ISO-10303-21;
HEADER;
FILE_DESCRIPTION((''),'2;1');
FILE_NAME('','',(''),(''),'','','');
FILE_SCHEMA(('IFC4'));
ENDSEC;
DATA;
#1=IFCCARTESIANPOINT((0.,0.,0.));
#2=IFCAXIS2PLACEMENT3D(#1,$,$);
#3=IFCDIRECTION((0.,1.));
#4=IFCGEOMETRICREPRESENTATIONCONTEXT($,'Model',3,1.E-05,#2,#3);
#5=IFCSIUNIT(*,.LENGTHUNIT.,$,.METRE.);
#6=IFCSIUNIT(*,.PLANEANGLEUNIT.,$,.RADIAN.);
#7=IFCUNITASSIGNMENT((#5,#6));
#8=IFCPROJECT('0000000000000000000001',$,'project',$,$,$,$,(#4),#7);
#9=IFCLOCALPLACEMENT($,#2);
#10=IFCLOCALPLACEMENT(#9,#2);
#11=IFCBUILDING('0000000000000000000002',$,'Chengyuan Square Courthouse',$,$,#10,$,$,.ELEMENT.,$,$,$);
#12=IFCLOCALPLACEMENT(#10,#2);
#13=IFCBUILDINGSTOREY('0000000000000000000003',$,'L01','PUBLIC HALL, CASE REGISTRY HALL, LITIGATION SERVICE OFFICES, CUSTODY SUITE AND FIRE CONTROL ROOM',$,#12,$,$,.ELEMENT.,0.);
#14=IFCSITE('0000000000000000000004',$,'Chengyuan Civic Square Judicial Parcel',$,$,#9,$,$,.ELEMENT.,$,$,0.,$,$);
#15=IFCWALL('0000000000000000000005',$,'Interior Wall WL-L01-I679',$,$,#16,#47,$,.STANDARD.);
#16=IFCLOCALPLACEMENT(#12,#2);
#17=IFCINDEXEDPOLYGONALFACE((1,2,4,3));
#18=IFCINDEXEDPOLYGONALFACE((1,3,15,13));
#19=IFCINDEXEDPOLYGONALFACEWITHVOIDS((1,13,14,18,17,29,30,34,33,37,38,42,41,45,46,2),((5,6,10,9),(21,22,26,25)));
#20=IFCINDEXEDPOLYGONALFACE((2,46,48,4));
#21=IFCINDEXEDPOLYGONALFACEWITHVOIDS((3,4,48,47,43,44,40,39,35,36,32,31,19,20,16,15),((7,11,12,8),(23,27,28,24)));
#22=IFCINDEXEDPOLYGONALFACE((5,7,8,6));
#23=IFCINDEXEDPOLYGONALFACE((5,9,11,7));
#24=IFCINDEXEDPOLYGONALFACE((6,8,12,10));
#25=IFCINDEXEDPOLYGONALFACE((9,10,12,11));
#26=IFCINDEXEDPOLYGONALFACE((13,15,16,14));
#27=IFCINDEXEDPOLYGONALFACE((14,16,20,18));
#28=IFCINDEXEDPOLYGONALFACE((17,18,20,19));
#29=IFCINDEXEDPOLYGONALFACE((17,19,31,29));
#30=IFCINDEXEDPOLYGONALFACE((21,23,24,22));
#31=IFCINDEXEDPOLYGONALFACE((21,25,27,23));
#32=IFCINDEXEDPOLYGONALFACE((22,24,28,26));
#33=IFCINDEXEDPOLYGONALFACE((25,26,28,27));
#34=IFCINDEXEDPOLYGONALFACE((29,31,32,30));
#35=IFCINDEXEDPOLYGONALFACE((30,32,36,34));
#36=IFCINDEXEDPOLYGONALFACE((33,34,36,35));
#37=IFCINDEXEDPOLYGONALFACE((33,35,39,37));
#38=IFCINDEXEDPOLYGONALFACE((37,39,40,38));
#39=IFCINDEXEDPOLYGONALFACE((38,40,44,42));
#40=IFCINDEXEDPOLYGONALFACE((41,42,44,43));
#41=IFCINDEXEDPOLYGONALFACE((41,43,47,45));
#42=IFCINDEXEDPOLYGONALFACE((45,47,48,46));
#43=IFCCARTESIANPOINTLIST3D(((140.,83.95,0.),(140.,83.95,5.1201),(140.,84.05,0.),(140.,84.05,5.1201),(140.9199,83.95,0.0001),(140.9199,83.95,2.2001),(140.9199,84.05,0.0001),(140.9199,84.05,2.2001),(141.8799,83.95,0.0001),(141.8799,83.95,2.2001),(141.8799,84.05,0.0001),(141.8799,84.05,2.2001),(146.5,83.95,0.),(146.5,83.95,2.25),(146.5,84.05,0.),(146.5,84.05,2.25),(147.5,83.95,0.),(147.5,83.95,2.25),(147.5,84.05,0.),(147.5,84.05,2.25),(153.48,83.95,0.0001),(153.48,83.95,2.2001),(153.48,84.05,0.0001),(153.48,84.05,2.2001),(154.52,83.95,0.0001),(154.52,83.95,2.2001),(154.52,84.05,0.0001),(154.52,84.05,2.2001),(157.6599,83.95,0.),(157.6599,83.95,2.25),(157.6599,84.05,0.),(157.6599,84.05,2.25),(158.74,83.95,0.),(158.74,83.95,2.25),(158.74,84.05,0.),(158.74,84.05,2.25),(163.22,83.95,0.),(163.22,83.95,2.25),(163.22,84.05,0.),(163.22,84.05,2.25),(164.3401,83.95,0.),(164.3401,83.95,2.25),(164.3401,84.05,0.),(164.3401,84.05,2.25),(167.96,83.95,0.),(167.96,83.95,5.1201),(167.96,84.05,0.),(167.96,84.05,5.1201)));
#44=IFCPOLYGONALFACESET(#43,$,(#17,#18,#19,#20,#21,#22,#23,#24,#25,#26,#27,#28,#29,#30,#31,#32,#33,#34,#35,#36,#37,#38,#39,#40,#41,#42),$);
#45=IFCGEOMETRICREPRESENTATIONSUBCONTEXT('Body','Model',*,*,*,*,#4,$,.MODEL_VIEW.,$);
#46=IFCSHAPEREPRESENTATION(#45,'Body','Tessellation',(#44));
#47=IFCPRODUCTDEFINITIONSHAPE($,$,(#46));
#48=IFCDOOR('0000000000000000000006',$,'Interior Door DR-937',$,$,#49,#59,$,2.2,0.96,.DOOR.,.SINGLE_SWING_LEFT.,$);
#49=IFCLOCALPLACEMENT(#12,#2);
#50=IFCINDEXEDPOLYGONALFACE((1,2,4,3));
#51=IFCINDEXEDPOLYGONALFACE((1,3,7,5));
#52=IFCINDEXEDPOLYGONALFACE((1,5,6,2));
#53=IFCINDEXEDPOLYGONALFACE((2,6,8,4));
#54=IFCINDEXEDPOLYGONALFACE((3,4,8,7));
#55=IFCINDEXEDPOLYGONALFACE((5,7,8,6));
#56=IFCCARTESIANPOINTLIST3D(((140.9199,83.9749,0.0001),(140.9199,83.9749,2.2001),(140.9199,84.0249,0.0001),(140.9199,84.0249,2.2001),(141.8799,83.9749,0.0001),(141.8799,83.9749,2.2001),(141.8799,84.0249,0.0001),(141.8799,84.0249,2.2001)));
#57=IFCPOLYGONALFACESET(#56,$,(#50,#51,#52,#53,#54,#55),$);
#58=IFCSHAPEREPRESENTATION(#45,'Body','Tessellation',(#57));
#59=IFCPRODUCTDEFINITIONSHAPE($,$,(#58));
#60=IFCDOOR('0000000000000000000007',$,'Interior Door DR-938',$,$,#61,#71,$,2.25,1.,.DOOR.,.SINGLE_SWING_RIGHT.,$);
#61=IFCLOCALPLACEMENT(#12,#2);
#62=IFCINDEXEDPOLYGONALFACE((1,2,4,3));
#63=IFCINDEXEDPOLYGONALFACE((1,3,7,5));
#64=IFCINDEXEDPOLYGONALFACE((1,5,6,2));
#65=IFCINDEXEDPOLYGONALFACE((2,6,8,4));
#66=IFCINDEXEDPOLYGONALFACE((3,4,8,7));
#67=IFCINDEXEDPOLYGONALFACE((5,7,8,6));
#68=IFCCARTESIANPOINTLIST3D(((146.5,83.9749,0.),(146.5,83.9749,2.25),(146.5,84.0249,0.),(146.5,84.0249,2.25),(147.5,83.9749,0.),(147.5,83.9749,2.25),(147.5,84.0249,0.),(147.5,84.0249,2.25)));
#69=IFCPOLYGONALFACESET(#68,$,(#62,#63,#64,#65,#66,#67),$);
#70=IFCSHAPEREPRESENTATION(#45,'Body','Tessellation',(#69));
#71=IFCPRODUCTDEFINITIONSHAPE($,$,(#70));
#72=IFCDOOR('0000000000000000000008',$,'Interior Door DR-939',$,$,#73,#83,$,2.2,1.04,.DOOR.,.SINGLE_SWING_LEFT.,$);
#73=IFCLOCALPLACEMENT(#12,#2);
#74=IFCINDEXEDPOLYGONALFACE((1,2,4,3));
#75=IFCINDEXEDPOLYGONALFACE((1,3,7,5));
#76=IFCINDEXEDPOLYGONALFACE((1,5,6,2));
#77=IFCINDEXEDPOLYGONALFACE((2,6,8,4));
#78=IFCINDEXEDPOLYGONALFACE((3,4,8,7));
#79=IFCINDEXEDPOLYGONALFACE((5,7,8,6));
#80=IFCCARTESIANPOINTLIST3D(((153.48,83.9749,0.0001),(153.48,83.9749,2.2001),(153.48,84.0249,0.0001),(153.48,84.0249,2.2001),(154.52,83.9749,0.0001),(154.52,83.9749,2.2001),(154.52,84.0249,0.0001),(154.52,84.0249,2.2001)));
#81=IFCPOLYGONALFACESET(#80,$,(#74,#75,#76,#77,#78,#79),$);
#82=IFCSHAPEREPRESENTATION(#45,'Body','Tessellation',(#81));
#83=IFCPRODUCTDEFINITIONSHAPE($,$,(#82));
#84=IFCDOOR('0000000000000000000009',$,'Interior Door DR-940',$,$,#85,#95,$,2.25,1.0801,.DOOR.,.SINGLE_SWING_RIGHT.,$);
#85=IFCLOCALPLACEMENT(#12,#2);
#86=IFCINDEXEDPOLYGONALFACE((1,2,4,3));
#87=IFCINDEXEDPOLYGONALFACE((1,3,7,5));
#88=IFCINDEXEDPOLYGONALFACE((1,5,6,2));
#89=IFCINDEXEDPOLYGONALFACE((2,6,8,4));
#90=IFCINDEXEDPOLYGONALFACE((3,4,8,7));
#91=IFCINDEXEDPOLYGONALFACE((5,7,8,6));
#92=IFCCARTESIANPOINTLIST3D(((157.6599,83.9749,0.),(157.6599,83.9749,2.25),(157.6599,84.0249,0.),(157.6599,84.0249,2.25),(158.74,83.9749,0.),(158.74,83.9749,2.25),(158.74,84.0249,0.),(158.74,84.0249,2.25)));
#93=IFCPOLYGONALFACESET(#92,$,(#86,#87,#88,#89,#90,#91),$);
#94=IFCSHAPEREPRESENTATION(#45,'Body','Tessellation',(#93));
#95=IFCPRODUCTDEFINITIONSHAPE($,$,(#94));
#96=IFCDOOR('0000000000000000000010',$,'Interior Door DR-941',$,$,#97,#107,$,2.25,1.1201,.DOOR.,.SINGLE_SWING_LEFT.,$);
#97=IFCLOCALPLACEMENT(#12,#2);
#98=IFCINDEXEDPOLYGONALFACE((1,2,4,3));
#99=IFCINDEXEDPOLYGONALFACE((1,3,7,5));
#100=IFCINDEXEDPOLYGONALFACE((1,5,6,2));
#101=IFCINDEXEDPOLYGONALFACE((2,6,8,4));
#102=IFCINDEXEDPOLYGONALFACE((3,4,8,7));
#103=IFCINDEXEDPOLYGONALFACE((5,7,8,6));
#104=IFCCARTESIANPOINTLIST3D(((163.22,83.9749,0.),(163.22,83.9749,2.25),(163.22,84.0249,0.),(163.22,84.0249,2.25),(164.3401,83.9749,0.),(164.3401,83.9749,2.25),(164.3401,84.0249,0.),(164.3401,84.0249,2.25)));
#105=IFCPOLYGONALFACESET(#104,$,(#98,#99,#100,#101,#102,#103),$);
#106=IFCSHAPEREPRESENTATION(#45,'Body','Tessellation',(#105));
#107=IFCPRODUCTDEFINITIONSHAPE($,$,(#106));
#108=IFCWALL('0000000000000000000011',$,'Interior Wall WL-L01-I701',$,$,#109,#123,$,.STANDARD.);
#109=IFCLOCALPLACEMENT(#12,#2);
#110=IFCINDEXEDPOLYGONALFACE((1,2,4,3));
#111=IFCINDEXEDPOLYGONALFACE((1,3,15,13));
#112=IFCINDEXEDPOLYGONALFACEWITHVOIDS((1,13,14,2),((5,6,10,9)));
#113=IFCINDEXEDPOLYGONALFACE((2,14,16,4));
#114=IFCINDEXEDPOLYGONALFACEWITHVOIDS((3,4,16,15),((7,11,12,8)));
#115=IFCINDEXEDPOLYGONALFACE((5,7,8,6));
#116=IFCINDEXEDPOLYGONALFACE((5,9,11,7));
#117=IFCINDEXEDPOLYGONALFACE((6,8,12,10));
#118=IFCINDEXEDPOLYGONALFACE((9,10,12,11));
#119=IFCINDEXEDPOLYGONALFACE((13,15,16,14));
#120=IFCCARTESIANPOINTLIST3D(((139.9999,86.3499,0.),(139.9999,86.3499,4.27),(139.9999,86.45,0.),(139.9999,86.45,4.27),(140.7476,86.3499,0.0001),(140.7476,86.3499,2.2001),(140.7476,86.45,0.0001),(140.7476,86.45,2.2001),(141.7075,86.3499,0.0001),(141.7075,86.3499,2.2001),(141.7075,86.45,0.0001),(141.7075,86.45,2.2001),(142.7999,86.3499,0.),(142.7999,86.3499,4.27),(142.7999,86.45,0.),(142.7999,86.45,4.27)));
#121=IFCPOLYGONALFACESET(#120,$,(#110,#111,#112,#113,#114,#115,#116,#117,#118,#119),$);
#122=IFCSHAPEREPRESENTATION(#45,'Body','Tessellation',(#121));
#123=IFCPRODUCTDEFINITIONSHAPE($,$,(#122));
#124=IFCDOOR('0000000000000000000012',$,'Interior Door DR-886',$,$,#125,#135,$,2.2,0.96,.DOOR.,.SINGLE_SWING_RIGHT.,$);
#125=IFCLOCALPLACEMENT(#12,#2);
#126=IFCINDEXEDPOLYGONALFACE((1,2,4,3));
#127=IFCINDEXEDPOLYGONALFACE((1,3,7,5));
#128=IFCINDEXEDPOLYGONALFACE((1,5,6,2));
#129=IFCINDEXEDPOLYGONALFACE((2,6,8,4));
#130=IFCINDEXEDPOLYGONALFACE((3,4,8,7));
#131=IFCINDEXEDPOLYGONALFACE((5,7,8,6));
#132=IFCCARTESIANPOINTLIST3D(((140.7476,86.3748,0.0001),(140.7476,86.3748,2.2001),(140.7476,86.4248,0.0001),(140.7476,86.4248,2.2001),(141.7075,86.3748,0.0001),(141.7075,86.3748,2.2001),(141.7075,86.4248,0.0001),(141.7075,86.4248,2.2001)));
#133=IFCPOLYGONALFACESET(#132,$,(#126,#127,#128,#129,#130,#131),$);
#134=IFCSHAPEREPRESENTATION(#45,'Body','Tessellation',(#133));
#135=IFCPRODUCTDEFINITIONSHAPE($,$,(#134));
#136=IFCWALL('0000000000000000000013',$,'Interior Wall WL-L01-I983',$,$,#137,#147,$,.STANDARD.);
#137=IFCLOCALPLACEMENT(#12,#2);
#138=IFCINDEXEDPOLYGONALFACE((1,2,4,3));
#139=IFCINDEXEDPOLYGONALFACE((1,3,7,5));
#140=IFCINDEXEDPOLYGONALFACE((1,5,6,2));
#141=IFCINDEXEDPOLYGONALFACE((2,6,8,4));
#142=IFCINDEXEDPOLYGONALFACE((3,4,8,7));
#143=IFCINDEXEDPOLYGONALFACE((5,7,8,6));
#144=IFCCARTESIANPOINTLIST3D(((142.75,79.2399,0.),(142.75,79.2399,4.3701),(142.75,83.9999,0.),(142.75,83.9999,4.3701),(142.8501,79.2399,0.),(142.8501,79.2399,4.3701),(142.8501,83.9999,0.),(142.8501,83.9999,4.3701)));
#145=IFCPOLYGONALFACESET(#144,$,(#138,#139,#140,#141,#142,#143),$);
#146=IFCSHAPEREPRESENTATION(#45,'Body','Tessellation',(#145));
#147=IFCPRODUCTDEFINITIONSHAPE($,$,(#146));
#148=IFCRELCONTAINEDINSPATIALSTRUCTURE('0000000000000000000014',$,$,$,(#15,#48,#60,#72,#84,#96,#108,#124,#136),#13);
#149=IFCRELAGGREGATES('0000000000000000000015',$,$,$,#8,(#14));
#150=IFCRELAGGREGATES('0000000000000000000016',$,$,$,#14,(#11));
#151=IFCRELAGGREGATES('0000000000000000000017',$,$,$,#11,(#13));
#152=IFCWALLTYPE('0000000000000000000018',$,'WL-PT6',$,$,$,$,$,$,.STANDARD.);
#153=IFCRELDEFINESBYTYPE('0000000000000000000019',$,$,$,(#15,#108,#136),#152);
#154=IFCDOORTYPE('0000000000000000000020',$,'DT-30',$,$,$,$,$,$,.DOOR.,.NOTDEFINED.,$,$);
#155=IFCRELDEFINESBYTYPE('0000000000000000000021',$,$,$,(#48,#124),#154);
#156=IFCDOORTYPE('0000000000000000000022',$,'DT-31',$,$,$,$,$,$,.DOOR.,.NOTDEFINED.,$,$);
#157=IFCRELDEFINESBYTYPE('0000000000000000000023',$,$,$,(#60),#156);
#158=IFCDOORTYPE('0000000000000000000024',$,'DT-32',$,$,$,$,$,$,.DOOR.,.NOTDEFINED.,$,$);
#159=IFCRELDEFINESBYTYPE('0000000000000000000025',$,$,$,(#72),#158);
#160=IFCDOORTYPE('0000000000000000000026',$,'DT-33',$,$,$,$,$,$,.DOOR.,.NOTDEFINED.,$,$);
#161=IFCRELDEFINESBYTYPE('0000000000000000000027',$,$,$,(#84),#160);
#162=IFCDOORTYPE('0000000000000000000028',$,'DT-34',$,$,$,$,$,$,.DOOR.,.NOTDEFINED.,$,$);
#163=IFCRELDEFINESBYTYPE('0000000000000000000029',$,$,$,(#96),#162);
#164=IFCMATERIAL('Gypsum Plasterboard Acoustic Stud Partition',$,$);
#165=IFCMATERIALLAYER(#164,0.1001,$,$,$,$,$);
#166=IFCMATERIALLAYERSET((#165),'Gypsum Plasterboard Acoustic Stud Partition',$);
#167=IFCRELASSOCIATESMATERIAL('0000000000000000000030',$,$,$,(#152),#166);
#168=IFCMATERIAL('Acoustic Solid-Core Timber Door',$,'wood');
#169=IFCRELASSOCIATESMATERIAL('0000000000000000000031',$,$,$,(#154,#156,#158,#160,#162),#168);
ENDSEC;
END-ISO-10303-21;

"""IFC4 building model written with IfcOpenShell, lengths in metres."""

from ifc_helpers import new_model, si_unit, direction, frame, frame_2d, origin, place, context, subcontext, project, spatial, rectangle, extrude, material, layer, layer_set, type_object, element, fill, save


model = new_model("IFC4")

# Units and contexts
model_context = context("Model", 3, precision=1e-05, world=origin(), true_north=direction((0.0, 1.0)))
body_context = subcontext(model_context, "Body", "Model", "MODEL_VIEW")
ifc_project = project(units=[si_unit("LENGTHUNIT", "METRE"), si_unit("PLANEANGLEUNIT", "RADIAN")], contexts=[model_context])

# Site, building, storey
site_placement = place(None, origin())
site = spatial("IfcSite", under=ifc_project, at=site_placement, Name="Chengyuan Civic Square Judicial Parcel", CompositionType="ELEMENT", RefElevation=0.0)
building_placement = place(site_placement, origin())
building = spatial("IfcBuilding", under=site, at=building_placement, Name="Chengyuan Square Courthouse", CompositionType="ELEMENT")
storey_placement = place(building_placement, origin())
storey = spatial("IfcBuildingStorey", under=building, at=storey_placement, Name="L01", Description="PUBLIC HALL, CASE REGISTRY HALL, LITIGATION SERVICE OFFICES, CUSTODY SUITE AND FIRE CONTROL ROOM", CompositionType="ELEMENT", Elevation=0.0)

# Wall, openings, doors
ifc_material_1 = material(Name="Gypsum Plasterboard Acoustic Stud Partition")
ifc_layer_1 = layer(ifc_material_1, 0.1001)
ifc_layer_set_1 = layer_set([ifc_layer_1], Name="Gypsum Plasterboard Acoustic Stud Partition")
wall_type_1 = type_object("IfcWallType", Name="WL-PT6", PredefinedType="STANDARD", material=ifc_layer_set_1)
wall_1_placement = place(storey_placement, frame((140.0, 84.0, 0.0), z_axis=(0.0, 0.0, 1.0), x_axis=(1.0, 0.0, 0.0)))
wall_1 = element("IfcWall", 1, at=wall_1_placement, inside=storey, type_object=wall_type_1, Name="Interior Wall WL-L01-I679", PredefinedType="STANDARD", context=body_context, shape_type="SweptSolid", body=[
    extrude(rectangle(XDim=27.96, YDim=0.1001, at=frame_2d((13.98, 0.0))), origin(), (0.0, 0.0, 1.0), 5.1201),
])
opening_1_placement = place(wall_1_placement, frame((0.9199, 0.0, 0.0)))
opening_1 = element("IfcOpeningElement", 2, at=opening_1_placement, cuts=wall_1, PredefinedType="OPENING", context=body_context, shape_type="SweptSolid", body=[
    extrude(rectangle(XDim=0.96, YDim=2.2, at=frame_2d((0.48, 1.1001))), frame((0.0, 0.062, 0.0), z_axis=(0.0, -1.0, 0.0), x_axis=(1.0, 0.0, 0.0)), (0.0, 0.0, 1.0), 0.124),
])
opening_2_placement = place(wall_1_placement, frame((6.5, 0.0, 0.0)))
opening_2 = element("IfcOpeningElement", 3, at=opening_2_placement, cuts=wall_1, PredefinedType="OPENING", context=body_context, shape_type="SweptSolid", body=[
    extrude(rectangle(XDim=1.0, YDim=2.25, at=frame_2d((0.5, 1.125))), frame((0.0, 0.062, 0.0), z_axis=(0.0, -1.0, 0.0), x_axis=(1.0, 0.0, 0.0)), (0.0, 0.0, 1.0), 0.124),
])
opening_3_placement = place(wall_1_placement, frame((13.48, 0.0, 0.0)))
opening_3 = element("IfcOpeningElement", 4, at=opening_3_placement, cuts=wall_1, PredefinedType="OPENING", context=body_context, shape_type="SweptSolid", body=[
    extrude(rectangle(XDim=1.04, YDim=2.2, at=frame_2d((0.52, 1.1001))), frame((0.0, 0.062, 0.0), z_axis=(0.0, -1.0, 0.0), x_axis=(1.0, 0.0, 0.0)), (0.0, 0.0, 1.0), 0.124),
])
opening_4_placement = place(wall_1_placement, frame((17.6599, 0.0, 0.0)))
opening_4 = element("IfcOpeningElement", 5, at=opening_4_placement, cuts=wall_1, PredefinedType="OPENING", context=body_context, shape_type="SweptSolid", body=[
    extrude(rectangle(XDim=1.0801, YDim=2.25, at=frame_2d((0.54, 1.125))), frame((0.0, 0.062, 0.0), z_axis=(0.0, -1.0, 0.0), x_axis=(1.0, 0.0, 0.0)), (0.0, 0.0, 1.0), 0.124),
])
opening_5_placement = place(wall_1_placement, frame((23.22, 0.0, 0.0)))
opening_5 = element("IfcOpeningElement", 6, at=opening_5_placement, cuts=wall_1, PredefinedType="OPENING", context=body_context, shape_type="SweptSolid", body=[
    extrude(rectangle(XDim=1.1201, YDim=2.25, at=frame_2d((0.5601, 1.125))), frame((0.0, 0.062, 0.0), z_axis=(0.0, -1.0, 0.0), x_axis=(1.0, 0.0, 0.0)), (0.0, 0.0, 1.0), 0.124),
])
ifc_material_2 = material(Name="Acoustic Solid-Core Timber Door", Category="wood")
door_type_1 = type_object("IfcDoorType", Name="DT-30", OperationType="NOTDEFINED", PredefinedType="DOOR", material=ifc_material_2)
door_1_placement = place(opening_1_placement, origin())
door_1 = element("IfcDoor", 7, at=door_1_placement, inside=storey, type_object=door_type_1, Name="Interior Door DR-937", OperationType="SINGLE_SWING_LEFT", OverallHeight=2.2, OverallWidth=0.96, PredefinedType="DOOR", context=body_context, shape_type="SweptSolid", body=[
    extrude(rectangle(XDim=0.96, YDim=2.2, at=frame_2d((0.48, 1.1001))), frame((0.0, 0.0249, 0.0), z_axis=(0.0, -1.0, 0.0), x_axis=(1.0, 0.0, 0.0)), (0.0, 0.0, 1.0), 0.05),
])
fill(opening_1, door_1)
door_type_2 = type_object("IfcDoorType", Name="DT-31", OperationType="NOTDEFINED", PredefinedType="DOOR", material=ifc_material_2)
door_2_placement = place(opening_2_placement, origin())
door_2 = element("IfcDoor", 8, at=door_2_placement, inside=storey, type_object=door_type_2, Name="Interior Door DR-938", OperationType="SINGLE_SWING_RIGHT", OverallHeight=2.25, OverallWidth=1.0, PredefinedType="DOOR", context=body_context, shape_type="SweptSolid", body=[
    extrude(rectangle(XDim=1.0, YDim=2.25, at=frame_2d((0.5, 1.125))), frame((0.0, 0.0249, 0.0), z_axis=(0.0, -1.0, 0.0), x_axis=(1.0, 0.0, 0.0)), (0.0, 0.0, 1.0), 0.05),
])
fill(opening_2, door_2)
door_type_3 = type_object("IfcDoorType", Name="DT-32", OperationType="NOTDEFINED", PredefinedType="DOOR", material=ifc_material_2)
door_3_placement = place(opening_3_placement, origin())
door_3 = element("IfcDoor", 9, at=door_3_placement, inside=storey, type_object=door_type_3, Name="Interior Door DR-939", OperationType="SINGLE_SWING_LEFT", OverallHeight=2.2, OverallWidth=1.04, PredefinedType="DOOR", context=body_context, shape_type="SweptSolid", body=[
    extrude(rectangle(XDim=1.04, YDim=2.2, at=frame_2d((0.52, 1.1001))), frame((0.0, 0.0249, 0.0), z_axis=(0.0, -1.0, 0.0), x_axis=(1.0, 0.0, 0.0)), (0.0, 0.0, 1.0), 0.05),
])
fill(opening_3, door_3)
door_type_4 = type_object("IfcDoorType", Name="DT-33", OperationType="NOTDEFINED", PredefinedType="DOOR", material=ifc_material_2)
door_4_placement = place(opening_4_placement, origin())
door_4 = element("IfcDoor", 10, at=door_4_placement, inside=storey, type_object=door_type_4, Name="Interior Door DR-940", OperationType="SINGLE_SWING_RIGHT", OverallHeight=2.25, OverallWidth=1.0801, PredefinedType="DOOR", context=body_context, shape_type="SweptSolid", body=[
    extrude(rectangle(XDim=1.0801, YDim=2.25, at=frame_2d((0.54, 1.125))), frame((0.0, 0.0249, 0.0), z_axis=(0.0, -1.0, 0.0), x_axis=(1.0, 0.0, 0.0)), (0.0, 0.0, 1.0), 0.05),
])
fill(opening_4, door_4)
door_type_5 = type_object("IfcDoorType", Name="DT-34", OperationType="NOTDEFINED", PredefinedType="DOOR", material=ifc_material_2)
door_5_placement = place(opening_5_placement, origin())
door_5 = element("IfcDoor", 11, at=door_5_placement, inside=storey, type_object=door_type_5, Name="Interior Door DR-941", OperationType="SINGLE_SWING_LEFT", OverallHeight=2.25, OverallWidth=1.1201, PredefinedType="DOOR", context=body_context, shape_type="SweptSolid", body=[
    extrude(rectangle(XDim=1.1201, YDim=2.25, at=frame_2d((0.5601, 1.125))), frame((0.0, 0.0249, 0.0), z_axis=(0.0, -1.0, 0.0), x_axis=(1.0, 0.0, 0.0)), (0.0, 0.0, 1.0), 0.05),
])
fill(opening_5, door_5)

# Wall, opening, door
wall_2_placement = place(storey_placement, frame((140.0, 86.3999, 0.0), z_axis=(0.0, 0.0, 1.0), x_axis=(1.0, 0.0, 0.0)))
wall_2 = element("IfcWall", 12, at=wall_2_placement, inside=storey, type_object=wall_type_1, Name="Interior Wall WL-L01-I701", PredefinedType="STANDARD", context=body_context, shape_type="SweptSolid", body=[
    extrude(rectangle(XDim=2.8, YDim=0.1001, at=frame_2d((1.3999, 0.0))), origin(), (0.0, 0.0, 1.0), 4.27),
])
opening_6_placement = place(wall_2_placement, frame((0.7476, 0.0, 0.0)))
opening_6 = element("IfcOpeningElement", 13, at=opening_6_placement, cuts=wall_2, PredefinedType="OPENING", context=body_context, shape_type="SweptSolid", body=[
    extrude(rectangle(XDim=0.96, YDim=2.2, at=frame_2d((0.48, 1.1001))), frame((0.0, 0.062, 0.0), z_axis=(0.0, -1.0, 0.0), x_axis=(1.0, 0.0, 0.0)), (0.0, 0.0, 1.0), 0.124),
])
door_6_placement = place(opening_6_placement, origin())
door_6 = element("IfcDoor", 14, at=door_6_placement, inside=storey, type_object=door_type_1, Name="Interior Door DR-886", OperationType="SINGLE_SWING_RIGHT", OverallHeight=2.2, OverallWidth=0.96, PredefinedType="DOOR", context=body_context, shape_type="SweptSolid", body=[
    extrude(rectangle(XDim=0.96, YDim=2.2, at=frame_2d((0.48, 1.1001))), frame((0.0, 0.0249, 0.0), z_axis=(0.0, -1.0, 0.0), x_axis=(1.0, 0.0, 0.0)), (0.0, 0.0, 1.0), 0.05),
])
fill(opening_6, door_6)

# Wall
wall_3_placement = place(storey_placement, frame((142.8, 79.24, 0.0), z_axis=(0.0, 0.0, 1.0), x_axis=(0.0, 1.0, 0.0)))
element("IfcWall", 15, at=wall_3_placement, inside=storey, type_object=wall_type_1, Name="Interior Wall WL-L01-I983", PredefinedType="STANDARD", context=body_context, shape_type="SweptSolid", body=[
    extrude(rectangle(XDim=4.76, YDim=0.1001, at=frame_2d((2.3799, 0.0))), origin(), (0.0, 0.0, 1.0), 4.3701),
])

save(model, "model.ifc")
